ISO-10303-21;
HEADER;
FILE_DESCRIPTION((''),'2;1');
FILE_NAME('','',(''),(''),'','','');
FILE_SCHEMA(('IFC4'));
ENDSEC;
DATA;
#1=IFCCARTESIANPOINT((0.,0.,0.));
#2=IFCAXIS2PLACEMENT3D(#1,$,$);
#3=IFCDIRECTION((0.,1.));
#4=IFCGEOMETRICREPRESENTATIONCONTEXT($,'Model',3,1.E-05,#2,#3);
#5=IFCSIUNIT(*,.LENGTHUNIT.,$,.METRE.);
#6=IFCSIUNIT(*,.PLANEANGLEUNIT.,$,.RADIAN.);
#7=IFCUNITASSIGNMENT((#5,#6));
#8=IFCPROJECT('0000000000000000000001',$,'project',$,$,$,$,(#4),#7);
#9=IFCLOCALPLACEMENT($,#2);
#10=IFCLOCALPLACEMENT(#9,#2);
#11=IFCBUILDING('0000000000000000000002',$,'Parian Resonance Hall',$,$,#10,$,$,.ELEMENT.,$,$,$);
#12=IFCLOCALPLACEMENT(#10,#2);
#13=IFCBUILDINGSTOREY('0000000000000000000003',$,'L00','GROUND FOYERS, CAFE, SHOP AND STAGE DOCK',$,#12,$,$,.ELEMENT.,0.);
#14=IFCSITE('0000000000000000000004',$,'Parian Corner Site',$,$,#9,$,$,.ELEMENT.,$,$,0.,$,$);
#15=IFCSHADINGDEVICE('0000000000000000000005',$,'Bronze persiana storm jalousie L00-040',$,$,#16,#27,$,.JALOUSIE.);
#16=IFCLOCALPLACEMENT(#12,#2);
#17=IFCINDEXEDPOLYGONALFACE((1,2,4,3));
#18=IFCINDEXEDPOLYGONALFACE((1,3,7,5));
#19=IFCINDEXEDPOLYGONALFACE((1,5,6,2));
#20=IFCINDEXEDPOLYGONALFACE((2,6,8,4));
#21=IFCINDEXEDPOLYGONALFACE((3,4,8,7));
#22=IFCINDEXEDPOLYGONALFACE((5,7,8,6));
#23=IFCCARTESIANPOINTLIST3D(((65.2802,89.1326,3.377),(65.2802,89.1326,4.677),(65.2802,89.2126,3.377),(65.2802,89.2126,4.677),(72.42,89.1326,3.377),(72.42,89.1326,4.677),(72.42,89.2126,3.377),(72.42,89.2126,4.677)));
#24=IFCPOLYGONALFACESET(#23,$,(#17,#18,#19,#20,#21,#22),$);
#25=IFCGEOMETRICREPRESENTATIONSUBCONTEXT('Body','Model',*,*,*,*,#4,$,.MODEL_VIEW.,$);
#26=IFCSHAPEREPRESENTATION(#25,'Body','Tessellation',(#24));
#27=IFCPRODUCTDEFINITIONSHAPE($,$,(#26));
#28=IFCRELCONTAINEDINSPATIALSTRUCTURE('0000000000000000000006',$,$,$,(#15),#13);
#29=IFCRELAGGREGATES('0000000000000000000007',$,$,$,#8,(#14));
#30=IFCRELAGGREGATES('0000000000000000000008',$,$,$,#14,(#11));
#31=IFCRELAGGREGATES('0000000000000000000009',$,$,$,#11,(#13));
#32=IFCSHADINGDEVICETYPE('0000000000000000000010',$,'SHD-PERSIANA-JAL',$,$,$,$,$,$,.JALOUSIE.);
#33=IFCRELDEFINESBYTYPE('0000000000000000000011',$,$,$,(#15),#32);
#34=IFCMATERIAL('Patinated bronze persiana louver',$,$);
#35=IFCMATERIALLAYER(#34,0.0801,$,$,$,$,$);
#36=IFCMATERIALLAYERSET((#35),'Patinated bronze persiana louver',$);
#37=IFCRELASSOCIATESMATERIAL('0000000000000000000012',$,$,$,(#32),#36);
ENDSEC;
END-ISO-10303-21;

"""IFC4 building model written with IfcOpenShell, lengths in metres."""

from ifc_helpers import new_model, si_unit, direction, frame, origin, origin_2d, place, context, subcontext, project, spatial, rectangle, extrude, material, layer, layer_set, type_object, element, save


model = new_model("IFC4")

# Units and contexts
model_context = context("Model", 3, precision=1e-05, world=origin(), true_north=direction((0.0, 1.0)))
body_context = subcontext(model_context, "Body", "Model", "MODEL_VIEW")
ifc_project = project(units=[si_unit("LENGTHUNIT", "METRE"), si_unit("PLANEANGLEUNIT", "RADIAN")], contexts=[model_context])

# Site, building, storey
site_placement = place(None, origin())
site = spatial("IfcSite", under=ifc_project, at=site_placement, Name="Parian Corner Site", CompositionType="ELEMENT", RefElevation=0.0)
building_placement = place(site_placement, origin())
building = spatial("IfcBuilding", under=site, at=building_placement, Name="Parian Resonance Hall", CompositionType="ELEMENT")
storey_placement = place(building_placement, origin())
storey = spatial("IfcBuildingStorey", under=building, at=storey_placement, Name="L00", Description="GROUND FOYERS, CAFE, SHOP AND STAGE DOCK", CompositionType="ELEMENT", Elevation=0.0)

# Shading device
ifc_material_1 = material(Name="Patinated bronze persiana louver")
ifc_layer_1 = layer(ifc_material_1, 0.0801)
ifc_layer_set_1 = layer_set([ifc_layer_1], Name="Patinated bronze persiana louver")
shading_device_type = type_object("IfcShadingDeviceType", Name="SHD-PERSIANA-JAL", PredefinedType="JALOUSIE", material=ifc_layer_set_1)
shading_device_placement = place(storey_placement, frame((68.8501, 89.1726, 3.377), z_axis=(0.0, 0.0, 1.0), x_axis=(1.0, 0.0, 0.0)))
element("IfcShadingDevice", 1, at=shading_device_placement, inside=storey, type_object=shading_device_type, Name="Bronze persiana storm jalousie L00-040", PredefinedType="JALOUSIE", context=body_context, shape_type="SweptSolid", body=[
    extrude(rectangle(XDim=7.1399, YDim=0.0801, at=origin_2d()), origin(), (0.0, 0.0, 1.0), 1.3),
])

save(model, "model.ifc")
